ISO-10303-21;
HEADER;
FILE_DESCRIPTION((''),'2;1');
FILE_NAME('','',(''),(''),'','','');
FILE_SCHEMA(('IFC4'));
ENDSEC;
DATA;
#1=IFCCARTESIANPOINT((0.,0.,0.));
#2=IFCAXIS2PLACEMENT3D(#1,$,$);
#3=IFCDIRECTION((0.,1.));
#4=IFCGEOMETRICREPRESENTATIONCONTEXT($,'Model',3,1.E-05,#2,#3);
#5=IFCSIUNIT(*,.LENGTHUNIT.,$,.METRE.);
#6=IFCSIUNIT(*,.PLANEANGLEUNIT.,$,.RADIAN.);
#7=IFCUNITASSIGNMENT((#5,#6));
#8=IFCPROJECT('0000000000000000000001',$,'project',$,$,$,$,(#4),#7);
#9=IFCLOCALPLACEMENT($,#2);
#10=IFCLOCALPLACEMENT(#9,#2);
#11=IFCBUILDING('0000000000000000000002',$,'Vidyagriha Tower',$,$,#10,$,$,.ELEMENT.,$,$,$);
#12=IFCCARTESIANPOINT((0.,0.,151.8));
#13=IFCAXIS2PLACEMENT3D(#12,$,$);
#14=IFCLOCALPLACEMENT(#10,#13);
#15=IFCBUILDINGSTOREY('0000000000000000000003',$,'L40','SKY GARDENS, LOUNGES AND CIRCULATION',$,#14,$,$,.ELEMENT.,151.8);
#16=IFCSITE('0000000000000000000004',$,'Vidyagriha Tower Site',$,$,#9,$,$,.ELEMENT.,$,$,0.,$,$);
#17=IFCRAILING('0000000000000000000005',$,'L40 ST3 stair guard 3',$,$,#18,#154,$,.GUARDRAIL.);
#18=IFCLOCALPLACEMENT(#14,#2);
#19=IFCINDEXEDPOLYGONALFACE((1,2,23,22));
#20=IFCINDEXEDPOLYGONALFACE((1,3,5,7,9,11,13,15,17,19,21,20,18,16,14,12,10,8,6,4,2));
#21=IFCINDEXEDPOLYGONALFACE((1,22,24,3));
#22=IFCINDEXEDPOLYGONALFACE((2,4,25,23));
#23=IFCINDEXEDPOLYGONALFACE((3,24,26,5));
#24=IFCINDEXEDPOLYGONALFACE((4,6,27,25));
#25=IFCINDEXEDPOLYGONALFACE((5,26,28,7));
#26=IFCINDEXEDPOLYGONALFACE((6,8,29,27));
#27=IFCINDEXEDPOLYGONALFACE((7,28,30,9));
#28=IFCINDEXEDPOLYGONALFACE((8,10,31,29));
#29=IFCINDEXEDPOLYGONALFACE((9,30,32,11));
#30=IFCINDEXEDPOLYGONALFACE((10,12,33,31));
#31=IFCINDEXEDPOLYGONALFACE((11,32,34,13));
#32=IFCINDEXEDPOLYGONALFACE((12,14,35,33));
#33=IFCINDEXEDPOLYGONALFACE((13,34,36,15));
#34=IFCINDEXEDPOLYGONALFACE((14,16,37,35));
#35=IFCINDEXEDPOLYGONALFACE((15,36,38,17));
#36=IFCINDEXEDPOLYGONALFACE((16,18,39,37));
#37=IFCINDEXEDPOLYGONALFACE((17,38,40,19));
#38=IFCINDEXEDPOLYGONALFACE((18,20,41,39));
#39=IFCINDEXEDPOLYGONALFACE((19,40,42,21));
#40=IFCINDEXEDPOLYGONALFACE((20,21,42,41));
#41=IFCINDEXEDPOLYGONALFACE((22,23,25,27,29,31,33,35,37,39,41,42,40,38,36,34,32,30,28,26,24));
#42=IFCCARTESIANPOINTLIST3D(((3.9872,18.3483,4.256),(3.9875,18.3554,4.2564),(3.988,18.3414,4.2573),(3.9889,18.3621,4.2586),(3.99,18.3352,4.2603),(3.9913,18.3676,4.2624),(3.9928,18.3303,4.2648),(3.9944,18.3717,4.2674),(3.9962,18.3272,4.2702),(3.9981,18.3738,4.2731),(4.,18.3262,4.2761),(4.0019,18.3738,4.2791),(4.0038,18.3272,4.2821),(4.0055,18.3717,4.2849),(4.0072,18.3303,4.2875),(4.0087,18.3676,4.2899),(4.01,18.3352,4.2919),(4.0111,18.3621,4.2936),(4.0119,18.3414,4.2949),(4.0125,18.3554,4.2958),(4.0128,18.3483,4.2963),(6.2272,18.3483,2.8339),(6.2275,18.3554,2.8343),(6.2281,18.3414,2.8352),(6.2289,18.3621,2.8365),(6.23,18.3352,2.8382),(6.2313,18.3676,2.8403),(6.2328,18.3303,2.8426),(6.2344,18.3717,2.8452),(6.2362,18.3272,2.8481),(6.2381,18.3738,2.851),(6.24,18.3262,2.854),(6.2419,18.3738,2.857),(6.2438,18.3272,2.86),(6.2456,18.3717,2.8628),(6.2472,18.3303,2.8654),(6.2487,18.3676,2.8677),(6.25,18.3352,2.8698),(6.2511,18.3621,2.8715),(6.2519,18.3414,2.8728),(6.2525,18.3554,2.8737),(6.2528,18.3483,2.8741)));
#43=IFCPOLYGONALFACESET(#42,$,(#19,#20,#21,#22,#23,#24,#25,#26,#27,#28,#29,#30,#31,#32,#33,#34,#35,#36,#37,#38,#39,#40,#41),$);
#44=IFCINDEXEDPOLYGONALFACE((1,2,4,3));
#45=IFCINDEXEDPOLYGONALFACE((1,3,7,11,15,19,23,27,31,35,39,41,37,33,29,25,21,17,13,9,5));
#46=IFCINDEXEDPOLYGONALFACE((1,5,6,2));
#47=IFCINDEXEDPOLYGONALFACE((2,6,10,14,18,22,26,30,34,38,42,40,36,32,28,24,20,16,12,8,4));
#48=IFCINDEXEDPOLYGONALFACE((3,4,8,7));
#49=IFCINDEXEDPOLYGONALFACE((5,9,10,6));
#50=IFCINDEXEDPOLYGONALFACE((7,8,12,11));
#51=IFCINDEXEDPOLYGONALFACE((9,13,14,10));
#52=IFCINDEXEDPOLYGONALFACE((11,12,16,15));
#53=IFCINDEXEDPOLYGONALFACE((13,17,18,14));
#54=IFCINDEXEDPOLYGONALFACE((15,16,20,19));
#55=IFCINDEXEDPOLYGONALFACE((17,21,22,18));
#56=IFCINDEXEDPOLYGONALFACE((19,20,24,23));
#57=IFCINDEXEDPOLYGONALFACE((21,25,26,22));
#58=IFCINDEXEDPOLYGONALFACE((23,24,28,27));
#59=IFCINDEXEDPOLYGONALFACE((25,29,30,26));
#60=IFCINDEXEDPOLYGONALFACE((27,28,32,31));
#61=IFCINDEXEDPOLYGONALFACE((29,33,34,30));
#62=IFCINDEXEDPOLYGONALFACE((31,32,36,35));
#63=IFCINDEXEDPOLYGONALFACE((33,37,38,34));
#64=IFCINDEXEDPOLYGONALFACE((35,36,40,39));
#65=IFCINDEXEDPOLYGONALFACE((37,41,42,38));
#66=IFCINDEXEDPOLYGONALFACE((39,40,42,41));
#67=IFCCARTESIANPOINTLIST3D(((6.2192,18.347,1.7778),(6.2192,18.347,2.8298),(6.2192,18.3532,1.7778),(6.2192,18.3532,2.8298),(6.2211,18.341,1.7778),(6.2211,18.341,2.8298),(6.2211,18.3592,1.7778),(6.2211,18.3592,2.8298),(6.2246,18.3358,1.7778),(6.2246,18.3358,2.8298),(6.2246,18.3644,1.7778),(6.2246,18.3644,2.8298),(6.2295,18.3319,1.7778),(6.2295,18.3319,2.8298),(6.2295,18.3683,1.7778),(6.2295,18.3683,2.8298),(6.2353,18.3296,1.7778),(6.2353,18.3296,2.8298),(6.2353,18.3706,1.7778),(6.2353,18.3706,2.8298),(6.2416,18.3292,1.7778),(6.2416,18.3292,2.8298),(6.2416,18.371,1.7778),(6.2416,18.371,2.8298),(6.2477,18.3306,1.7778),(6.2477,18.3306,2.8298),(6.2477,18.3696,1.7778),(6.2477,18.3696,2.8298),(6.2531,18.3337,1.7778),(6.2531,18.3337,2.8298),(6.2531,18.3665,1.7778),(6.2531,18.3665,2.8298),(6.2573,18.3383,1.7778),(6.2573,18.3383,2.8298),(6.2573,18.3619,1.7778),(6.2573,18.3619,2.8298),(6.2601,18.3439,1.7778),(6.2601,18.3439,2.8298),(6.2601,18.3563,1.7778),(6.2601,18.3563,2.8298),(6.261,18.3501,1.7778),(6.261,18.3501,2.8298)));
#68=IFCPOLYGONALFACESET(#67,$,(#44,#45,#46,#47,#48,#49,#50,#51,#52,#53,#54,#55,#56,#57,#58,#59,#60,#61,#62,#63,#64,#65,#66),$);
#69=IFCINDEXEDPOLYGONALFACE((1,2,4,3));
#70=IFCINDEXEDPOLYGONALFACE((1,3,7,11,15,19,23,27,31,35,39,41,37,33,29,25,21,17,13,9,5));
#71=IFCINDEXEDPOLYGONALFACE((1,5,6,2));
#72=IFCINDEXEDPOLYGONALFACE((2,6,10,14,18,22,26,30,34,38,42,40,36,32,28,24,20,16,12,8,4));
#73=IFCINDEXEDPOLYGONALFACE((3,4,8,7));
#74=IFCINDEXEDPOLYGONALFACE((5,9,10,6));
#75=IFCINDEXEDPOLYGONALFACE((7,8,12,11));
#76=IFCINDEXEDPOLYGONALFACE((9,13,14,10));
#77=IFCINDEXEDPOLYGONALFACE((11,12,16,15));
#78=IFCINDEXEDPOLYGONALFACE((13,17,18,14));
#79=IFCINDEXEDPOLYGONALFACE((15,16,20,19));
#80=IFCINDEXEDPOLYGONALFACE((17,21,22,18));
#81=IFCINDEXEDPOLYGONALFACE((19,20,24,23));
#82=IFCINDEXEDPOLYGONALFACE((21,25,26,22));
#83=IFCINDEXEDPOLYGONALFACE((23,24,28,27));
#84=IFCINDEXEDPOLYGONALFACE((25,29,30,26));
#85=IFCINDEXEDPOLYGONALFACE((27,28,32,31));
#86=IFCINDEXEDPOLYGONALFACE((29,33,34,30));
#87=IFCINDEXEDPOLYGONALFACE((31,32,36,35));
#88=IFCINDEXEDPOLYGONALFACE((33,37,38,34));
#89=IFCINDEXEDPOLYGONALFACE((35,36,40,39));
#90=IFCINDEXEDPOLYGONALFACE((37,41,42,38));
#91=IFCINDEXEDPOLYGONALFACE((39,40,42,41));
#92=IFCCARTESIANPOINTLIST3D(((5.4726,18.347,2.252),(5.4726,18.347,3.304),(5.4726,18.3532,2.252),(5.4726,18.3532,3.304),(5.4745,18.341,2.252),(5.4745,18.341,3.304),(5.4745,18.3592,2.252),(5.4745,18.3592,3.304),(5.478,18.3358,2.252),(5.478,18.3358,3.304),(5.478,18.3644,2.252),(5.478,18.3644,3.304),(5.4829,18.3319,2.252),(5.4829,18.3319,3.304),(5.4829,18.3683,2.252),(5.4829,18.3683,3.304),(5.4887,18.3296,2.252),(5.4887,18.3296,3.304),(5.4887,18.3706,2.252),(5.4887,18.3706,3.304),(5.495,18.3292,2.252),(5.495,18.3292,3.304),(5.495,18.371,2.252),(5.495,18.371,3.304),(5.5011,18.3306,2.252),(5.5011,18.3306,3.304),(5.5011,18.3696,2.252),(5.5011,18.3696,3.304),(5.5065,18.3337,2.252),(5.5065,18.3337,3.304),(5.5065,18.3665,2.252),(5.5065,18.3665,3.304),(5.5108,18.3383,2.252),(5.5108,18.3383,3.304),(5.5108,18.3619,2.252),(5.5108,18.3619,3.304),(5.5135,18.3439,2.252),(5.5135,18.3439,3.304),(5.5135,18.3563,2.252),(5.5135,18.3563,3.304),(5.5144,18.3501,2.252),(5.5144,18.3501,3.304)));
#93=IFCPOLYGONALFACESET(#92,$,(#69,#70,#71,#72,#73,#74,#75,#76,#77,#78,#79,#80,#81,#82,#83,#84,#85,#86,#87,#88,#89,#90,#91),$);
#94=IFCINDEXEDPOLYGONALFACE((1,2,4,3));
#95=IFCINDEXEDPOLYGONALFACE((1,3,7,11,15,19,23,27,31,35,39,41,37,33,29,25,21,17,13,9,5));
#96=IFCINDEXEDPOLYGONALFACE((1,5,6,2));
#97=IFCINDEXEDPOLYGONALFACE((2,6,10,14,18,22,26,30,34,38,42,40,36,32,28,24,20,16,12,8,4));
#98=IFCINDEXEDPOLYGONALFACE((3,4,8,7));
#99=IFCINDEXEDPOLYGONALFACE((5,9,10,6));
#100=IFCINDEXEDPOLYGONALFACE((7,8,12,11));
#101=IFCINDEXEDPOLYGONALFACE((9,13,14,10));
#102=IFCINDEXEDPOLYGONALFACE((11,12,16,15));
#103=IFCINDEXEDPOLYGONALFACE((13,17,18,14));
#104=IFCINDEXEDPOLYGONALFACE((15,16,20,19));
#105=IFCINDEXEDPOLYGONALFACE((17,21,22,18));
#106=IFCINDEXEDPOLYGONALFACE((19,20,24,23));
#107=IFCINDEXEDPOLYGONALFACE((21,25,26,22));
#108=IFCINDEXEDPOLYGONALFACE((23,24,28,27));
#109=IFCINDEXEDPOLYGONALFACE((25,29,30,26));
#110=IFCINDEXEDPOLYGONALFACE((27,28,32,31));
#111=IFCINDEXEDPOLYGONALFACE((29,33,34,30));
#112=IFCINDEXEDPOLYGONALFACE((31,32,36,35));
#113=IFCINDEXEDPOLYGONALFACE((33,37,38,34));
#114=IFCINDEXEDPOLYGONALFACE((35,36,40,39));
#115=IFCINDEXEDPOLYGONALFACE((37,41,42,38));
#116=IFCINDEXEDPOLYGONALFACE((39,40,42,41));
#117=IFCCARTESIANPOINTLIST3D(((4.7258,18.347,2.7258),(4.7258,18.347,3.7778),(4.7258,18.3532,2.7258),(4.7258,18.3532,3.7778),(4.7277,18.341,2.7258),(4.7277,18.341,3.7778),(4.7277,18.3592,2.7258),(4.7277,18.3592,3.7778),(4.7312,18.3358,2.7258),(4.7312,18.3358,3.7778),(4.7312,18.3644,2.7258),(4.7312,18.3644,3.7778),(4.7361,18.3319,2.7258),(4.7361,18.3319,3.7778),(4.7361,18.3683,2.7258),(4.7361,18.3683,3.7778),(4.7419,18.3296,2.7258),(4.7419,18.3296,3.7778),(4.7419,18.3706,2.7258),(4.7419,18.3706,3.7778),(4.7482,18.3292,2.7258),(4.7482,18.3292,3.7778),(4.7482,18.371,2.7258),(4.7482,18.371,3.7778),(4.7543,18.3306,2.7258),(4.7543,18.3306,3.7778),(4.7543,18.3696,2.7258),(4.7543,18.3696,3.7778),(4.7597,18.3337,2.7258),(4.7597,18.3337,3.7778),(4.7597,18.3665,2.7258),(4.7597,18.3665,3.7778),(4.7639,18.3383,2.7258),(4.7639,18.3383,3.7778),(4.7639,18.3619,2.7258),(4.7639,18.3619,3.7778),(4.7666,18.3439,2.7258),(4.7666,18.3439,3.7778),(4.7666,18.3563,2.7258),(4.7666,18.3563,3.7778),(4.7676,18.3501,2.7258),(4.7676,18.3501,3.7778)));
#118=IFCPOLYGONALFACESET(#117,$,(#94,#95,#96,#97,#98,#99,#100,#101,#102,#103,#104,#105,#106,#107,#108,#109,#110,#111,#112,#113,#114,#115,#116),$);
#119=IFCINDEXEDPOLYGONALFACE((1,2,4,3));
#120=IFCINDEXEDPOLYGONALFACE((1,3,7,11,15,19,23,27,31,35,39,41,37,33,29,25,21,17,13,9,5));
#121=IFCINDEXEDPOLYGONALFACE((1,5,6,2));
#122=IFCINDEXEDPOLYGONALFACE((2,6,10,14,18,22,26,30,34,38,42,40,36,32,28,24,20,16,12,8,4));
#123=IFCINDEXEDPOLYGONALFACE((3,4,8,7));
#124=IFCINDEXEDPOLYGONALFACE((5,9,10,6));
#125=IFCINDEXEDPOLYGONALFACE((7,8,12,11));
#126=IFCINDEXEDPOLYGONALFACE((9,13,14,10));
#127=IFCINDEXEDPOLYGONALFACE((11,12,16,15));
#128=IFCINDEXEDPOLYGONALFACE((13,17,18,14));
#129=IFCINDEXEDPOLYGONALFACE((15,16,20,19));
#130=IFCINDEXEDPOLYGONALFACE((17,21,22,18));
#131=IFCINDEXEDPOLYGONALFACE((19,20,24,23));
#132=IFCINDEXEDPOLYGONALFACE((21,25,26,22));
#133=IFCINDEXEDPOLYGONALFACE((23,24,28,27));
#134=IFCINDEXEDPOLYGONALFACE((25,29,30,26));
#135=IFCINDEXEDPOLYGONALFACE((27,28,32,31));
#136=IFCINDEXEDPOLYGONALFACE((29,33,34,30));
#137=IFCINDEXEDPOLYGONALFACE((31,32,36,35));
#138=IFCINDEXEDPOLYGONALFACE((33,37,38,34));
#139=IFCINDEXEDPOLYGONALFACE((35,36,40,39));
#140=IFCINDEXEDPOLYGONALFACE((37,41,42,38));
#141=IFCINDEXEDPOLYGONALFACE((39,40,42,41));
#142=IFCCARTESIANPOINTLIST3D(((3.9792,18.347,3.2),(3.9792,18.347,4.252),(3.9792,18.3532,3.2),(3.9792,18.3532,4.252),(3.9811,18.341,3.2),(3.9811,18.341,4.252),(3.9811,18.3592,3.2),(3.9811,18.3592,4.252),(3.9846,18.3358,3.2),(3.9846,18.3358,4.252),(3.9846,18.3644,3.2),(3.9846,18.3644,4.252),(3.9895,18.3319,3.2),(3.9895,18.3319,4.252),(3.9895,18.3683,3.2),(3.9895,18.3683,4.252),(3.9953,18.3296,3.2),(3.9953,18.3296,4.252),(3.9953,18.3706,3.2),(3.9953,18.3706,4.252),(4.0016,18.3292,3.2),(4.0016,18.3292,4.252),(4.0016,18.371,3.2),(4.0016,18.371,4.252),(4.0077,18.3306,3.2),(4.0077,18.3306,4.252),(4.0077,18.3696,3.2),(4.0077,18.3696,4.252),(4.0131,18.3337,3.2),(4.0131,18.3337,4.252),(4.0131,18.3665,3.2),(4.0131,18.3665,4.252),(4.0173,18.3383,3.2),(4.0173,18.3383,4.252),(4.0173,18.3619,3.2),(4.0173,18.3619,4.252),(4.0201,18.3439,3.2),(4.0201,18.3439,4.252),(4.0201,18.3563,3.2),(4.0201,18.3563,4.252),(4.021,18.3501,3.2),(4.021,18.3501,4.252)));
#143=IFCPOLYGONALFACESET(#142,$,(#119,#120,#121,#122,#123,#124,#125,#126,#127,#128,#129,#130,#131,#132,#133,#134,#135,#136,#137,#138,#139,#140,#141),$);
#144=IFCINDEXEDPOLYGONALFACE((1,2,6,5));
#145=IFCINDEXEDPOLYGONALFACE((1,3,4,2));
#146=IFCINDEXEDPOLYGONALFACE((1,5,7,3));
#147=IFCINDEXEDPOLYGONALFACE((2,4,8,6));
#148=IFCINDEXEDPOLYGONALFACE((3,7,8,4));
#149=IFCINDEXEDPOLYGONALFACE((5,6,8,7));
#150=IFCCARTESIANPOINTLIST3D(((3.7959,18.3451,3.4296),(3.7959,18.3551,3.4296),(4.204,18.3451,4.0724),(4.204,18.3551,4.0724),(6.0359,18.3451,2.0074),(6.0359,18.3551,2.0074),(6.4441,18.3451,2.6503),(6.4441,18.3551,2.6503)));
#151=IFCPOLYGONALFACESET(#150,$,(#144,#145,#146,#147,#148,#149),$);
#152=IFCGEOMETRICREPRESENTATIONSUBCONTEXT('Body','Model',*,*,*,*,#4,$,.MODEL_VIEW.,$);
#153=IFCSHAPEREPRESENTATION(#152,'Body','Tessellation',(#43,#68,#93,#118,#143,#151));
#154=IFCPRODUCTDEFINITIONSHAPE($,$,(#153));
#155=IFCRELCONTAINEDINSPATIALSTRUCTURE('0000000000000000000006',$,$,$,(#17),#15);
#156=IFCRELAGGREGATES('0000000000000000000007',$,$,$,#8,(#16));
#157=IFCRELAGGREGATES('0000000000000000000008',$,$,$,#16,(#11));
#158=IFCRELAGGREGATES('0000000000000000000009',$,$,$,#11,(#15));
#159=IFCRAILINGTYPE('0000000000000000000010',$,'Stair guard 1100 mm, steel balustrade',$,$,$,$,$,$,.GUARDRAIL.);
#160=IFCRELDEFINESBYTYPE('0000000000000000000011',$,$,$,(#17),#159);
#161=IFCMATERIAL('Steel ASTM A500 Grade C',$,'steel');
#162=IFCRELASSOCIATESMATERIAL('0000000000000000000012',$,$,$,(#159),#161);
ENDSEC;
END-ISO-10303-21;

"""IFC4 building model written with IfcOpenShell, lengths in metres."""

from ifc_helpers import new_model, si_unit, direction, frame, origin, origin_2d, place, context, subcontext, project, spatial, rectangle, circle, extrude, material, type_object, element, save


model = new_model("IFC4")

# Units and contexts
model_context = context("Model", 3, precision=1e-05, world=origin(), true_north=direction((0.0, 1.0)))
body_context = subcontext(model_context, "Body", "Model", "MODEL_VIEW")
ifc_project = project(units=[si_unit("LENGTHUNIT", "METRE"), si_unit("PLANEANGLEUNIT", "RADIAN")], contexts=[model_context])

# Site, building, storey
site_placement = place(None, origin())
site = spatial("IfcSite", under=ifc_project, at=site_placement, Name="Vidyagriha Tower Site", CompositionType="ELEMENT", RefElevation=0.0)
building_placement = place(site_placement, origin())
building = spatial("IfcBuilding", under=site, at=building_placement, Name="Vidyagriha Tower", CompositionType="ELEMENT")
storey_placement = place(building_placement, frame((0.0, 0.0, 151.8)))
storey = spatial("IfcBuildingStorey", under=building, at=storey_placement, Name="L40", Description="SKY GARDENS, LOUNGES AND CIRCULATION", CompositionType="ELEMENT", Elevation=151.8)

# Railing
ifc_material_1 = material(Name="Steel ASTM A500 Grade C", Category="steel")
railing_type_1 = type_object("IfcRailingType", Name="Stair guard 1100 mm, steel balustrade", PredefinedType="GUARDRAIL", material=ifc_material_1)
railing_1_placement = place(storey_placement, frame((6.24, 18.3501, 1.7778)))
element("IfcRailing", 1, at=railing_1_placement, inside=storey, type_object=railing_type_1, Name="L40 ST3 stair guard 3", PredefinedType="GUARDRAIL", context=body_context, shape_type="SweptSolid", body=[
    extrude(circle(Radius=0.0239, at=origin_2d()), frame((0.0, 0.0, 1.0762), z_axis=(-0.844229, 0.0, 0.535982), x_axis=(0.0, -1.0, 0.0)), (0.0, 0.0, 1.0), 2.6533),
    extrude(circle(Radius=0.021, at=origin_2d()), origin(), (0.0, 0.0, 1.0), 1.052),
    extrude(circle(Radius=0.021, at=origin_2d()), frame((-0.7466, 0.0, 0.4741)), (0.0, 0.0, 1.0), 1.052),
    extrude(circle(Radius=0.021, at=origin_2d()), frame((-1.4934, 0.0, 0.948)), (0.0, 0.0, 1.0), 1.052),
    extrude(circle(Radius=0.021, at=origin_2d()), frame((-2.24, 0.0, 1.4221)), (0.0, 0.0, 1.0), 1.052),
    extrude(rectangle(XDim=0.01, YDim=0.7615, at=origin_2d()), frame((0.0, 0.0, 0.551), z_axis=(-0.844229, 0.0, 0.535982), x_axis=(0.0, -1.0, 0.0)), (0.0, 0.0, 1.0), 2.6533),
])

save(model, "model.ifc")
